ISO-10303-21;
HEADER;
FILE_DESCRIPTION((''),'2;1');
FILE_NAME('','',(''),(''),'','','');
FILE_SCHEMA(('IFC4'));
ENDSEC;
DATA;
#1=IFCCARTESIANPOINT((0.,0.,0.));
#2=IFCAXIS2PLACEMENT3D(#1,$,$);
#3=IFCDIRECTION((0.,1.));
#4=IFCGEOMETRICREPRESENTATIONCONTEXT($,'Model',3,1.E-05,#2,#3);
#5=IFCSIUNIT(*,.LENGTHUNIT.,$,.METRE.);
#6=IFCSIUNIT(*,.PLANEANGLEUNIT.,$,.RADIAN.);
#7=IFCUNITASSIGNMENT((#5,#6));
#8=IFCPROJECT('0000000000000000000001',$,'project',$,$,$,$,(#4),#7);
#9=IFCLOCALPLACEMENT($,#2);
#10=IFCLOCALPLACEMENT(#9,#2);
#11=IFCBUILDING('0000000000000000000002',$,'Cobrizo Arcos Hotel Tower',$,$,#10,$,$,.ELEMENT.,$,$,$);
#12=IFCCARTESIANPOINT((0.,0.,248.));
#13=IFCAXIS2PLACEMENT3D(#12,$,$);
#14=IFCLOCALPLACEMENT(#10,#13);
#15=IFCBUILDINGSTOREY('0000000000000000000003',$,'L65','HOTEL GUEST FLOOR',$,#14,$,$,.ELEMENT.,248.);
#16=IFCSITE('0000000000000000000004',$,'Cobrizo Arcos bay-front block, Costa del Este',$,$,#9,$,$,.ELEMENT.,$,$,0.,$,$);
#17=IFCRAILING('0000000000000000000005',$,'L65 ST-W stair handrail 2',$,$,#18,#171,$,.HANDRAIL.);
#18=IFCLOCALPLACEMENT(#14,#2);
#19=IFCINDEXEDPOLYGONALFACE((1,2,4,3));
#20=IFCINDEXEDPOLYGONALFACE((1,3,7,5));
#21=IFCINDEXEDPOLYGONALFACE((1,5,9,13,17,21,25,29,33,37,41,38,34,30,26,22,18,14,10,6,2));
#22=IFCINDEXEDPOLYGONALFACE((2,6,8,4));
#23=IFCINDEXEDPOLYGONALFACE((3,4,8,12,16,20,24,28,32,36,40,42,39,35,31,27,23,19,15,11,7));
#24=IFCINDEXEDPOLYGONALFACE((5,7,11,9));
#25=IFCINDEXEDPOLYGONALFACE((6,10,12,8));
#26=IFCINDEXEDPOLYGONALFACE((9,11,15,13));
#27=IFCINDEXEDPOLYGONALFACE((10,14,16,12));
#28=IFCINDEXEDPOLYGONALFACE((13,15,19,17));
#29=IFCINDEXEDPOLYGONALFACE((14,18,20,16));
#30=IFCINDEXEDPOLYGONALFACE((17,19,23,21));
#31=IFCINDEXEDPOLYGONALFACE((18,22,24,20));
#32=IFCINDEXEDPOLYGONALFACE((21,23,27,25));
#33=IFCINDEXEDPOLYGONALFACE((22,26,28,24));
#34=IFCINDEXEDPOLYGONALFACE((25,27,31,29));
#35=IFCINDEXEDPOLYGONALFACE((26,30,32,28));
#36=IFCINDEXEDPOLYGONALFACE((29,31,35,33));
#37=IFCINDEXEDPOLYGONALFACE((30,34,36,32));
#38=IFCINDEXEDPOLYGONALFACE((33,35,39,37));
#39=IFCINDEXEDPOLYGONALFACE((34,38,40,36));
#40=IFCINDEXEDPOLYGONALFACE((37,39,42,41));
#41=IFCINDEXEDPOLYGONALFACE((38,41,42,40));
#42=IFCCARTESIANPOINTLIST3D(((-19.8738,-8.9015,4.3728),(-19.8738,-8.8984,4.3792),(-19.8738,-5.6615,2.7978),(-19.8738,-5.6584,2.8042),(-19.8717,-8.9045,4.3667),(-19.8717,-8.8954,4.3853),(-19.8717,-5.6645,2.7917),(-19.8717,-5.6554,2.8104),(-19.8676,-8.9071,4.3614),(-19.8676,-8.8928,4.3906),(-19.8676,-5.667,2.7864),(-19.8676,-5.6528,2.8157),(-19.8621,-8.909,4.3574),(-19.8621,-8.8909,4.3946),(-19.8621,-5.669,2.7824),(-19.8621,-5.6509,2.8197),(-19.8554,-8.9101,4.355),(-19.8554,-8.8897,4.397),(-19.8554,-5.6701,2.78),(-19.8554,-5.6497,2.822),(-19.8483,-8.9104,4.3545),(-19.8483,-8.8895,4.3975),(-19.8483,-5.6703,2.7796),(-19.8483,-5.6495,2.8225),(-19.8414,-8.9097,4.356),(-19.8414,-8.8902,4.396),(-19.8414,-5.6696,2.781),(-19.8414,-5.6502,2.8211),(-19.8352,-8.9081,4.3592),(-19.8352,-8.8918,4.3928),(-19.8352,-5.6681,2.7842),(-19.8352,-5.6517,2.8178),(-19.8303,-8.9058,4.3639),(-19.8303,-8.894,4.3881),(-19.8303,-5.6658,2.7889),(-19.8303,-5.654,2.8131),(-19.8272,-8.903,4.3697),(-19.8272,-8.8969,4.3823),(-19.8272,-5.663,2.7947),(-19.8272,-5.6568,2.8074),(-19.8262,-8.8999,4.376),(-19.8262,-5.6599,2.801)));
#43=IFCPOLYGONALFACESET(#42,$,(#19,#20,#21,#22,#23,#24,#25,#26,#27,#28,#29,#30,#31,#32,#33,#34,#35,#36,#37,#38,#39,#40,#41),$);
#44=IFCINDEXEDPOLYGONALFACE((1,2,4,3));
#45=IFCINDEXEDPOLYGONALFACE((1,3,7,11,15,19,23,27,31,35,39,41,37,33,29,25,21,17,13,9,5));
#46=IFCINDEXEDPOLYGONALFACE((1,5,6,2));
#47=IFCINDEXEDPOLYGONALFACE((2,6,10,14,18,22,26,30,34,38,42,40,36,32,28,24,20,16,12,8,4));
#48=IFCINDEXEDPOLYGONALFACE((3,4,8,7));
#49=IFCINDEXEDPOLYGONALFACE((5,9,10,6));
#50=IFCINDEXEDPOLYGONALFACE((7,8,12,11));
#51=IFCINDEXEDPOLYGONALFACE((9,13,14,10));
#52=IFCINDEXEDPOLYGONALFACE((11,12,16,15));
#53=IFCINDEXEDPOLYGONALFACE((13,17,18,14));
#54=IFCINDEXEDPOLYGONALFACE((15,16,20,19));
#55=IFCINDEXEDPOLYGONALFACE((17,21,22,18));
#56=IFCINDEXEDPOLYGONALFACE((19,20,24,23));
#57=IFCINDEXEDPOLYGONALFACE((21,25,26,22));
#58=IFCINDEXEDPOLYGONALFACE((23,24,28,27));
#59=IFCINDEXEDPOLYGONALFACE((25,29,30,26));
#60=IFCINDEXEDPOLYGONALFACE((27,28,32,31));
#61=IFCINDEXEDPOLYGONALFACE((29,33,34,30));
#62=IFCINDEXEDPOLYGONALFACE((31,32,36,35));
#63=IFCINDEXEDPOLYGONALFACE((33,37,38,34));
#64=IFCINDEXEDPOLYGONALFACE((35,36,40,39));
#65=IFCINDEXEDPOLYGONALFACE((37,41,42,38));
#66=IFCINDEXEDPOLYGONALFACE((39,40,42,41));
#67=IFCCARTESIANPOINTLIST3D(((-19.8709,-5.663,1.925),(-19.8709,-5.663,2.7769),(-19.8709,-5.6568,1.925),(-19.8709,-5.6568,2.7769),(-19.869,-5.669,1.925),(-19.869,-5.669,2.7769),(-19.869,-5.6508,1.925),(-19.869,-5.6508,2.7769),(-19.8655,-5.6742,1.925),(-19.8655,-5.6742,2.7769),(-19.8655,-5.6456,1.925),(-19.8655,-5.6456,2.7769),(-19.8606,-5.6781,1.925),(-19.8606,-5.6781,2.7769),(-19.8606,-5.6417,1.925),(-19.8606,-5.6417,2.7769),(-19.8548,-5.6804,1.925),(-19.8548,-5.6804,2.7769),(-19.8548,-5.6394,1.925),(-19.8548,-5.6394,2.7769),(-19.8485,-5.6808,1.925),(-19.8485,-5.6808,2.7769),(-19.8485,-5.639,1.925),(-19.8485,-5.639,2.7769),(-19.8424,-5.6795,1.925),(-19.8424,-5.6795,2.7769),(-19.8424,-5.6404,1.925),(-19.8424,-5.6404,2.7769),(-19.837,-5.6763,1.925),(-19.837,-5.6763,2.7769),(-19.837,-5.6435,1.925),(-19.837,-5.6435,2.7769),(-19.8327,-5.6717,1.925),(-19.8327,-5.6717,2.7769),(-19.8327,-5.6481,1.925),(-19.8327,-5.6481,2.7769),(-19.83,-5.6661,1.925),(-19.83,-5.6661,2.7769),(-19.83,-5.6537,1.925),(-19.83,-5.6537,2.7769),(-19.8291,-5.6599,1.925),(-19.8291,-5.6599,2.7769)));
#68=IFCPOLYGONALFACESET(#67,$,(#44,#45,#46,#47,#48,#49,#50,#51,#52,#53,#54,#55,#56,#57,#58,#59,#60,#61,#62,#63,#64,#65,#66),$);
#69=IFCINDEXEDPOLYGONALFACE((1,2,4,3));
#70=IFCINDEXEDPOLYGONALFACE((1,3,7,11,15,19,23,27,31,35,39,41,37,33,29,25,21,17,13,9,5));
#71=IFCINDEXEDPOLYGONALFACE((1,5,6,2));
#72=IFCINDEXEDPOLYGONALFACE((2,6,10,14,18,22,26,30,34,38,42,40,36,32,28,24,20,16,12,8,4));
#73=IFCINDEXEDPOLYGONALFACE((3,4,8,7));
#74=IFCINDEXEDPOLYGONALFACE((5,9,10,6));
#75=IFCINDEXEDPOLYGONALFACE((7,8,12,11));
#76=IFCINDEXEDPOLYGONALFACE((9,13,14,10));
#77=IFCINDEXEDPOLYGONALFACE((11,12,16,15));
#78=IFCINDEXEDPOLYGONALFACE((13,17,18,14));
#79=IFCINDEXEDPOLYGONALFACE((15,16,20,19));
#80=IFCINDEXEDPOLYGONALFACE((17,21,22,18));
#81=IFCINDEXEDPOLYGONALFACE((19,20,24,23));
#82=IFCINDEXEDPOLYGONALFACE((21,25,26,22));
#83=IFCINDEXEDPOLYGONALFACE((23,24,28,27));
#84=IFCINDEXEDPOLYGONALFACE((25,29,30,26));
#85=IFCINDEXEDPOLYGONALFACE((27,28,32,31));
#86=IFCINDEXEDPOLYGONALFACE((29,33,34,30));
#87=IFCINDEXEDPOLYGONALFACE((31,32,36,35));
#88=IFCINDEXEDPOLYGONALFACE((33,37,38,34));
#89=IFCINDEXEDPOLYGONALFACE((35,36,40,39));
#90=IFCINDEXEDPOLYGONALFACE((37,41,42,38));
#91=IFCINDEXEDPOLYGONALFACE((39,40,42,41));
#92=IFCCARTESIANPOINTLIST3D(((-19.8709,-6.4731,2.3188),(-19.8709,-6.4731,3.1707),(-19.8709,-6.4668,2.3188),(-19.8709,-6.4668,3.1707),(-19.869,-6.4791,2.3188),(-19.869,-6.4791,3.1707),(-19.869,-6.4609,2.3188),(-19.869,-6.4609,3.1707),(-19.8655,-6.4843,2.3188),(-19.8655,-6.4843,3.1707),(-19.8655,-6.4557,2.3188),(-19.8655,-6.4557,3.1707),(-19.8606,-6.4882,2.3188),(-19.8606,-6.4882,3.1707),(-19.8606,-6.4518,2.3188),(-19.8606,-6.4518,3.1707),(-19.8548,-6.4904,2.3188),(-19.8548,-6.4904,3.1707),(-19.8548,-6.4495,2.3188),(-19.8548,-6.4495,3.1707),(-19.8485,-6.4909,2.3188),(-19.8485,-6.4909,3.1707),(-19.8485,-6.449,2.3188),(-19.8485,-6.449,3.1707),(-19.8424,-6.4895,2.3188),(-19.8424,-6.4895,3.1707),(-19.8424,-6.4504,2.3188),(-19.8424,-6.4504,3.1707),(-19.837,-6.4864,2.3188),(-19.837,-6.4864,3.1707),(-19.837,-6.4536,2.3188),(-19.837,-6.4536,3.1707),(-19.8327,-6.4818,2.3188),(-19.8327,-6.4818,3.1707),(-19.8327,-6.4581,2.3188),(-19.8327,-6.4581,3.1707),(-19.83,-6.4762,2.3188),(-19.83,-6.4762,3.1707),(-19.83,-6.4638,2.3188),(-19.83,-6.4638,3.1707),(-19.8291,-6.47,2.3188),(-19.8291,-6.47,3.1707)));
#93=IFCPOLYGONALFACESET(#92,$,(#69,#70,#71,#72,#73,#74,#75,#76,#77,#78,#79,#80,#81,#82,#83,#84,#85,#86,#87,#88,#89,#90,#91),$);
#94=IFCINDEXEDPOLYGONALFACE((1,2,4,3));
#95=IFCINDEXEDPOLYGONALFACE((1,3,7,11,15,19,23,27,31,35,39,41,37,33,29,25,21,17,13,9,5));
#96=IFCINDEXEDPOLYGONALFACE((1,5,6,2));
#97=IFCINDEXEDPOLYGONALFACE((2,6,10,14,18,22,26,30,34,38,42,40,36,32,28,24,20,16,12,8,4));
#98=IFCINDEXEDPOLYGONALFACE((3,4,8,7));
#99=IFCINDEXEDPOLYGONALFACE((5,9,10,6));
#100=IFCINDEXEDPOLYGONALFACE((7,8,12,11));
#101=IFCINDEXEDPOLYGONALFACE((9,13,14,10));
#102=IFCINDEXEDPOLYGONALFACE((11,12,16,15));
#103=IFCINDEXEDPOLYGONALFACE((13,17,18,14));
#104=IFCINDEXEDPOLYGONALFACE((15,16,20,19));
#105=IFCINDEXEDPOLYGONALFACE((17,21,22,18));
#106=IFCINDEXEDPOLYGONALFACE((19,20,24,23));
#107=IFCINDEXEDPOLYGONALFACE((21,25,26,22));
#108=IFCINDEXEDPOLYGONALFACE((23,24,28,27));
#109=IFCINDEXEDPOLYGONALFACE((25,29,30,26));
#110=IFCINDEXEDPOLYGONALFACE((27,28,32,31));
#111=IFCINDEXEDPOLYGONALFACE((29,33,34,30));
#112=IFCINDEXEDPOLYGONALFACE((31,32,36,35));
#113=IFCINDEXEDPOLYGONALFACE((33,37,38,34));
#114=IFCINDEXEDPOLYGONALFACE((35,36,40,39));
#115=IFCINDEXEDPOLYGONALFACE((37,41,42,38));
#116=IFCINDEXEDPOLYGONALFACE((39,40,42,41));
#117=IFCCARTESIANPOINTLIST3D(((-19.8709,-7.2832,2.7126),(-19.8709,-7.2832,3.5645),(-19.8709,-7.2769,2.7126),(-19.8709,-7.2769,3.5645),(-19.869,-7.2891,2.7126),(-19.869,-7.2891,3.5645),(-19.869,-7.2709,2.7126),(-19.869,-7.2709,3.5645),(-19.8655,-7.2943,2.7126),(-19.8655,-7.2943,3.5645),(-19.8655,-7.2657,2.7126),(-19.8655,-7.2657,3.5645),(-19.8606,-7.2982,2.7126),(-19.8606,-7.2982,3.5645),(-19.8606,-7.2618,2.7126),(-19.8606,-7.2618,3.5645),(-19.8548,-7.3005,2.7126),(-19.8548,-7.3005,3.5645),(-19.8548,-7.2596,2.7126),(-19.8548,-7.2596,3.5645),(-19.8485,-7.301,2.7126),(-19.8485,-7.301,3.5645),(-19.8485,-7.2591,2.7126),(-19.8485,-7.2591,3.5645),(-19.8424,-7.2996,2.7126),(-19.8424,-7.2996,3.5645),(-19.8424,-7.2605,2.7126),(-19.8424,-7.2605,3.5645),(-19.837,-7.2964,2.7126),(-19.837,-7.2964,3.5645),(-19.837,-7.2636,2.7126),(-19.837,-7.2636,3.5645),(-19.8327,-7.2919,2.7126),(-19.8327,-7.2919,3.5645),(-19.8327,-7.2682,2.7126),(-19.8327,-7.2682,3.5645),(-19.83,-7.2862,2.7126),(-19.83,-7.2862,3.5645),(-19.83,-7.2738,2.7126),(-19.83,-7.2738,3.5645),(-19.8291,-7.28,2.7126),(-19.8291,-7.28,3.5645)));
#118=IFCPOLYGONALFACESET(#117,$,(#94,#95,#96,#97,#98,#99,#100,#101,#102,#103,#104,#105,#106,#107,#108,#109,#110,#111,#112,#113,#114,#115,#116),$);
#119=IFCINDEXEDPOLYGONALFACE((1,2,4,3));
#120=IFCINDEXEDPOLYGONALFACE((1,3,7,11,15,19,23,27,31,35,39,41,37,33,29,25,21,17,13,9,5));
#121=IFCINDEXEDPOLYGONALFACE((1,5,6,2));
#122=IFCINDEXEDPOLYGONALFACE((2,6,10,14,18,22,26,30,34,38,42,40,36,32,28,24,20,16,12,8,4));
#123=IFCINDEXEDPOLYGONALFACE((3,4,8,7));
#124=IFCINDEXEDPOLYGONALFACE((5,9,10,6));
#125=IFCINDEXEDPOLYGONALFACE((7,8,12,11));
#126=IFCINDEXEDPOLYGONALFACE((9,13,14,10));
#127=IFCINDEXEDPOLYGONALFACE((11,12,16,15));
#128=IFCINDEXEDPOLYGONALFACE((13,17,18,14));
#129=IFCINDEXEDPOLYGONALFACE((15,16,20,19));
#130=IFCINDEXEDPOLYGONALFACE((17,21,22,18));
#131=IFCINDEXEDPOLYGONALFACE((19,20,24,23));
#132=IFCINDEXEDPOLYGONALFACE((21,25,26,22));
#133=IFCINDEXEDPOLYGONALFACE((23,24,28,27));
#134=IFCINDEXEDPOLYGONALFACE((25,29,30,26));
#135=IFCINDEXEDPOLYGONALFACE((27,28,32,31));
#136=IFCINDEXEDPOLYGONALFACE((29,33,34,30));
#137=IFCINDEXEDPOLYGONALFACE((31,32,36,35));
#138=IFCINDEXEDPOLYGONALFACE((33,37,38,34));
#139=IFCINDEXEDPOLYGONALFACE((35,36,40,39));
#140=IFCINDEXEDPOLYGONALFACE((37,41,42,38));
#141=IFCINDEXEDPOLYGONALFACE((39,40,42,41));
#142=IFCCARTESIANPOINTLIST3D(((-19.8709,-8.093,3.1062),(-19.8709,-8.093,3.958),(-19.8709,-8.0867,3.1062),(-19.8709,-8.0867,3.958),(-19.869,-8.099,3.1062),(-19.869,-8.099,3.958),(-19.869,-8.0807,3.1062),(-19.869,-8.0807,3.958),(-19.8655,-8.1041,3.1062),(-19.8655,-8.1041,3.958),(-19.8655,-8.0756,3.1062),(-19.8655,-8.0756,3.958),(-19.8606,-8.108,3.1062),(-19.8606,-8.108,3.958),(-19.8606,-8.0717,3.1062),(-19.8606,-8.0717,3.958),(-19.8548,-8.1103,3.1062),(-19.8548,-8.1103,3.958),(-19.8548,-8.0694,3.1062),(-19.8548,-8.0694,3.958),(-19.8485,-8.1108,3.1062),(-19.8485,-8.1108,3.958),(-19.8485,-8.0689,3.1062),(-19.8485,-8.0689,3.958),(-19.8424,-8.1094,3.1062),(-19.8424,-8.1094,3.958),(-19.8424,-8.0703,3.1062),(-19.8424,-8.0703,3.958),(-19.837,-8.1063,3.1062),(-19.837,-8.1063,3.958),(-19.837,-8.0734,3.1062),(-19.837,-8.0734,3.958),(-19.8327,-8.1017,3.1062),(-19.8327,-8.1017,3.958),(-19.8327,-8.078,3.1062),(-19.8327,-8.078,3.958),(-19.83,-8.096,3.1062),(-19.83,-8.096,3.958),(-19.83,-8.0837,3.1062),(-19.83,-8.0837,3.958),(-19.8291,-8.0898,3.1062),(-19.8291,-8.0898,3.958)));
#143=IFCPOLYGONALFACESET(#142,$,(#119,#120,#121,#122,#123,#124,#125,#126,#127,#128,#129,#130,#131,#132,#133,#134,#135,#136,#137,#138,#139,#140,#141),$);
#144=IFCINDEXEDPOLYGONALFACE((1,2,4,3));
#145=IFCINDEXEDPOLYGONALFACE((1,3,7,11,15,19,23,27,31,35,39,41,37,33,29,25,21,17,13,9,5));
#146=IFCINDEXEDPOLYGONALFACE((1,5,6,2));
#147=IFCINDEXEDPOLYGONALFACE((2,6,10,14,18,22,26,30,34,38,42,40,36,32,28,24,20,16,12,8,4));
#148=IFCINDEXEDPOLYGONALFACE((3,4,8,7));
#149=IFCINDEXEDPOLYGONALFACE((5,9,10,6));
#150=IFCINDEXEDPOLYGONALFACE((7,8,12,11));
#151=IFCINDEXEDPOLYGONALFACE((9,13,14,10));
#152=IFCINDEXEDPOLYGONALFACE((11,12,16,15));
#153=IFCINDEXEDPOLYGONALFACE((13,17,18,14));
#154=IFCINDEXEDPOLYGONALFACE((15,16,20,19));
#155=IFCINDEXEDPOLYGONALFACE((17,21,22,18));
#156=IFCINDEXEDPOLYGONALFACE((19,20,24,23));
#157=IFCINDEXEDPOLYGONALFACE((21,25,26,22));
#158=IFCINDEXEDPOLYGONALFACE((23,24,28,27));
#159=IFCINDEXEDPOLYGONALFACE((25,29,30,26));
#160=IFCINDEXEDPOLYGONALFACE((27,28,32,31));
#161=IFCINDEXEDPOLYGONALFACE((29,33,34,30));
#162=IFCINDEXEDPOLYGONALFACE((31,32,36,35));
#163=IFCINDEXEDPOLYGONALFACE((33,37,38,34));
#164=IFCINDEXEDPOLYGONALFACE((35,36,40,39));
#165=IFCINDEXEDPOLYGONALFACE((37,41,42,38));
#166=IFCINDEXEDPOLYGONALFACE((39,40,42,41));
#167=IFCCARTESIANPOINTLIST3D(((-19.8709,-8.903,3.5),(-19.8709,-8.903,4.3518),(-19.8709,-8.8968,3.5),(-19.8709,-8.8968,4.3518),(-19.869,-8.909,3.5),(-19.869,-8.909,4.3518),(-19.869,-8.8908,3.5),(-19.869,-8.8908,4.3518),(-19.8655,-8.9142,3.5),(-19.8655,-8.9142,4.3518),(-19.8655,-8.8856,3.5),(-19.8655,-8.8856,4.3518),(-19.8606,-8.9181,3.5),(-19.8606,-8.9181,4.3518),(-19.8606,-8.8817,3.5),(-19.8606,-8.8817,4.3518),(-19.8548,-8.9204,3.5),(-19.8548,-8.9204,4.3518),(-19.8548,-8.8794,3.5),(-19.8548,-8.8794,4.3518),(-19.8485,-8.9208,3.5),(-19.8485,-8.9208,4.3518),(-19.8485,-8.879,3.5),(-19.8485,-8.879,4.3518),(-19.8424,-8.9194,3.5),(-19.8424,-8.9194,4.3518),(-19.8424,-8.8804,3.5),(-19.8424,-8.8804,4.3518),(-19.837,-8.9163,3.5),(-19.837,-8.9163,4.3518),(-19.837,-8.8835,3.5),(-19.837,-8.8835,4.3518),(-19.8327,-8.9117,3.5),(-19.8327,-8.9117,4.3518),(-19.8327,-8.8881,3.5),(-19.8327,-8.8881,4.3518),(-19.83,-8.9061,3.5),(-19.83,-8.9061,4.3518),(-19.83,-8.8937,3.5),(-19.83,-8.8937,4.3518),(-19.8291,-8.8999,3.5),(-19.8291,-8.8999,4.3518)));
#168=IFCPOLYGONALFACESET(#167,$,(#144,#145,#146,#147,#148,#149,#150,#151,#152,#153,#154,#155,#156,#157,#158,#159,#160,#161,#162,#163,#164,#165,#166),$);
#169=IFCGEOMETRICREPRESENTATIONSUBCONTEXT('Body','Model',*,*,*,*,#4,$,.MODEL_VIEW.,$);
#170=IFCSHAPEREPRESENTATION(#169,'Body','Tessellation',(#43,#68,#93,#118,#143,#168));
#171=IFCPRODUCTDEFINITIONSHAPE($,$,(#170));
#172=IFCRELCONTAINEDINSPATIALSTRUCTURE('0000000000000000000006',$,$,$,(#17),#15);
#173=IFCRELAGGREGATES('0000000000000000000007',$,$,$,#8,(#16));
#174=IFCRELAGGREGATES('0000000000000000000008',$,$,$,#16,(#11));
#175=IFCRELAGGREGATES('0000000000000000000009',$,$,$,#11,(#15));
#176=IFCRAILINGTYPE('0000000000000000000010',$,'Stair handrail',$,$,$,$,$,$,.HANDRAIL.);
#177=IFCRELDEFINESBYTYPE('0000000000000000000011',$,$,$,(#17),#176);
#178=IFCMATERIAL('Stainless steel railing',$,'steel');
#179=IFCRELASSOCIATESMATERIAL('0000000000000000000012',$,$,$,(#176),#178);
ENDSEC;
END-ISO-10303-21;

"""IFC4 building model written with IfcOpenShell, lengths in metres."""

from ifc_helpers import new_model, si_unit, direction, frame, origin, origin_2d, place, context, subcontext, project, spatial, circle, extrude, material, type_object, element, save


model = new_model("IFC4")

# Units and contexts
model_context = context("Model", 3, precision=1e-05, world=origin(), true_north=direction((0.0, 1.0)))
body_context = subcontext(model_context, "Body", "Model", "MODEL_VIEW")
ifc_project = project(units=[si_unit("LENGTHUNIT", "METRE"), si_unit("PLANEANGLEUNIT", "RADIAN")], contexts=[model_context])

# Site, building, storey
site_placement = place(None, origin())
site = spatial("IfcSite", under=ifc_project, at=site_placement, Name="Cobrizo Arcos bay-front block, Costa del Este", CompositionType="ELEMENT", RefElevation=0.0)
building_placement = place(site_placement, origin())
building = spatial("IfcBuilding", under=site, at=building_placement, Name="Cobrizo Arcos Hotel Tower", CompositionType="ELEMENT")
storey_placement = place(building_placement, frame((0.0, 0.0, 248.0)))
storey = spatial("IfcBuildingStorey", under=building, at=storey_placement, Name="L65", Description="HOTEL GUEST FLOOR", CompositionType="ELEMENT", Elevation=248.0)

# Railing
ifc_material_1 = material(Name="Stainless steel railing", Category="steel")
railing_type_1 = type_object("IfcRailingType", Name="Stair handrail", PredefinedType="HANDRAIL", material=ifc_material_1)
railing_1_placement = place(storey_placement, frame((-19.8501, -5.6599, 1.925)))
element("IfcRailing", 1, at=railing_1_placement, inside=storey, type_object=railing_type_1, Name="L65 ST-W stair handrail 2", PredefinedType="HANDRAIL", context=body_context, shape_type="SweptSolid", body=[
    extrude(circle(Radius=0.0239, at=origin_2d()), frame((0.0, 0.0, 0.876), z_axis=(0.0, -0.899373, 0.437183), x_axis=(1.0, 0.0, 0.0)), (0.0, 0.0, 1.0), 3.6025),
    extrude(circle(Radius=0.021, at=origin_2d()), origin(), (0.0, 0.0, 1.0), 0.8518),
    extrude(circle(Radius=0.021, at=origin_2d()), frame((0.0, -0.8101, 0.3938)), (0.0, 0.0, 1.0), 0.8518),
    extrude(circle(Radius=0.021, at=origin_2d()), frame((0.0, -1.6201, 0.7876)), (0.0, 0.0, 1.0), 0.8518),
    extrude(circle(Radius=0.021, at=origin_2d()), frame((0.0, -2.4299, 1.1812)), (0.0, 0.0, 1.0), 0.8518),
    extrude(circle(Radius=0.021, at=origin_2d()), frame((0.0, -3.24, 1.575)), (0.0, 0.0, 1.0), 0.8518),
])

save(model, "model.ifc")
